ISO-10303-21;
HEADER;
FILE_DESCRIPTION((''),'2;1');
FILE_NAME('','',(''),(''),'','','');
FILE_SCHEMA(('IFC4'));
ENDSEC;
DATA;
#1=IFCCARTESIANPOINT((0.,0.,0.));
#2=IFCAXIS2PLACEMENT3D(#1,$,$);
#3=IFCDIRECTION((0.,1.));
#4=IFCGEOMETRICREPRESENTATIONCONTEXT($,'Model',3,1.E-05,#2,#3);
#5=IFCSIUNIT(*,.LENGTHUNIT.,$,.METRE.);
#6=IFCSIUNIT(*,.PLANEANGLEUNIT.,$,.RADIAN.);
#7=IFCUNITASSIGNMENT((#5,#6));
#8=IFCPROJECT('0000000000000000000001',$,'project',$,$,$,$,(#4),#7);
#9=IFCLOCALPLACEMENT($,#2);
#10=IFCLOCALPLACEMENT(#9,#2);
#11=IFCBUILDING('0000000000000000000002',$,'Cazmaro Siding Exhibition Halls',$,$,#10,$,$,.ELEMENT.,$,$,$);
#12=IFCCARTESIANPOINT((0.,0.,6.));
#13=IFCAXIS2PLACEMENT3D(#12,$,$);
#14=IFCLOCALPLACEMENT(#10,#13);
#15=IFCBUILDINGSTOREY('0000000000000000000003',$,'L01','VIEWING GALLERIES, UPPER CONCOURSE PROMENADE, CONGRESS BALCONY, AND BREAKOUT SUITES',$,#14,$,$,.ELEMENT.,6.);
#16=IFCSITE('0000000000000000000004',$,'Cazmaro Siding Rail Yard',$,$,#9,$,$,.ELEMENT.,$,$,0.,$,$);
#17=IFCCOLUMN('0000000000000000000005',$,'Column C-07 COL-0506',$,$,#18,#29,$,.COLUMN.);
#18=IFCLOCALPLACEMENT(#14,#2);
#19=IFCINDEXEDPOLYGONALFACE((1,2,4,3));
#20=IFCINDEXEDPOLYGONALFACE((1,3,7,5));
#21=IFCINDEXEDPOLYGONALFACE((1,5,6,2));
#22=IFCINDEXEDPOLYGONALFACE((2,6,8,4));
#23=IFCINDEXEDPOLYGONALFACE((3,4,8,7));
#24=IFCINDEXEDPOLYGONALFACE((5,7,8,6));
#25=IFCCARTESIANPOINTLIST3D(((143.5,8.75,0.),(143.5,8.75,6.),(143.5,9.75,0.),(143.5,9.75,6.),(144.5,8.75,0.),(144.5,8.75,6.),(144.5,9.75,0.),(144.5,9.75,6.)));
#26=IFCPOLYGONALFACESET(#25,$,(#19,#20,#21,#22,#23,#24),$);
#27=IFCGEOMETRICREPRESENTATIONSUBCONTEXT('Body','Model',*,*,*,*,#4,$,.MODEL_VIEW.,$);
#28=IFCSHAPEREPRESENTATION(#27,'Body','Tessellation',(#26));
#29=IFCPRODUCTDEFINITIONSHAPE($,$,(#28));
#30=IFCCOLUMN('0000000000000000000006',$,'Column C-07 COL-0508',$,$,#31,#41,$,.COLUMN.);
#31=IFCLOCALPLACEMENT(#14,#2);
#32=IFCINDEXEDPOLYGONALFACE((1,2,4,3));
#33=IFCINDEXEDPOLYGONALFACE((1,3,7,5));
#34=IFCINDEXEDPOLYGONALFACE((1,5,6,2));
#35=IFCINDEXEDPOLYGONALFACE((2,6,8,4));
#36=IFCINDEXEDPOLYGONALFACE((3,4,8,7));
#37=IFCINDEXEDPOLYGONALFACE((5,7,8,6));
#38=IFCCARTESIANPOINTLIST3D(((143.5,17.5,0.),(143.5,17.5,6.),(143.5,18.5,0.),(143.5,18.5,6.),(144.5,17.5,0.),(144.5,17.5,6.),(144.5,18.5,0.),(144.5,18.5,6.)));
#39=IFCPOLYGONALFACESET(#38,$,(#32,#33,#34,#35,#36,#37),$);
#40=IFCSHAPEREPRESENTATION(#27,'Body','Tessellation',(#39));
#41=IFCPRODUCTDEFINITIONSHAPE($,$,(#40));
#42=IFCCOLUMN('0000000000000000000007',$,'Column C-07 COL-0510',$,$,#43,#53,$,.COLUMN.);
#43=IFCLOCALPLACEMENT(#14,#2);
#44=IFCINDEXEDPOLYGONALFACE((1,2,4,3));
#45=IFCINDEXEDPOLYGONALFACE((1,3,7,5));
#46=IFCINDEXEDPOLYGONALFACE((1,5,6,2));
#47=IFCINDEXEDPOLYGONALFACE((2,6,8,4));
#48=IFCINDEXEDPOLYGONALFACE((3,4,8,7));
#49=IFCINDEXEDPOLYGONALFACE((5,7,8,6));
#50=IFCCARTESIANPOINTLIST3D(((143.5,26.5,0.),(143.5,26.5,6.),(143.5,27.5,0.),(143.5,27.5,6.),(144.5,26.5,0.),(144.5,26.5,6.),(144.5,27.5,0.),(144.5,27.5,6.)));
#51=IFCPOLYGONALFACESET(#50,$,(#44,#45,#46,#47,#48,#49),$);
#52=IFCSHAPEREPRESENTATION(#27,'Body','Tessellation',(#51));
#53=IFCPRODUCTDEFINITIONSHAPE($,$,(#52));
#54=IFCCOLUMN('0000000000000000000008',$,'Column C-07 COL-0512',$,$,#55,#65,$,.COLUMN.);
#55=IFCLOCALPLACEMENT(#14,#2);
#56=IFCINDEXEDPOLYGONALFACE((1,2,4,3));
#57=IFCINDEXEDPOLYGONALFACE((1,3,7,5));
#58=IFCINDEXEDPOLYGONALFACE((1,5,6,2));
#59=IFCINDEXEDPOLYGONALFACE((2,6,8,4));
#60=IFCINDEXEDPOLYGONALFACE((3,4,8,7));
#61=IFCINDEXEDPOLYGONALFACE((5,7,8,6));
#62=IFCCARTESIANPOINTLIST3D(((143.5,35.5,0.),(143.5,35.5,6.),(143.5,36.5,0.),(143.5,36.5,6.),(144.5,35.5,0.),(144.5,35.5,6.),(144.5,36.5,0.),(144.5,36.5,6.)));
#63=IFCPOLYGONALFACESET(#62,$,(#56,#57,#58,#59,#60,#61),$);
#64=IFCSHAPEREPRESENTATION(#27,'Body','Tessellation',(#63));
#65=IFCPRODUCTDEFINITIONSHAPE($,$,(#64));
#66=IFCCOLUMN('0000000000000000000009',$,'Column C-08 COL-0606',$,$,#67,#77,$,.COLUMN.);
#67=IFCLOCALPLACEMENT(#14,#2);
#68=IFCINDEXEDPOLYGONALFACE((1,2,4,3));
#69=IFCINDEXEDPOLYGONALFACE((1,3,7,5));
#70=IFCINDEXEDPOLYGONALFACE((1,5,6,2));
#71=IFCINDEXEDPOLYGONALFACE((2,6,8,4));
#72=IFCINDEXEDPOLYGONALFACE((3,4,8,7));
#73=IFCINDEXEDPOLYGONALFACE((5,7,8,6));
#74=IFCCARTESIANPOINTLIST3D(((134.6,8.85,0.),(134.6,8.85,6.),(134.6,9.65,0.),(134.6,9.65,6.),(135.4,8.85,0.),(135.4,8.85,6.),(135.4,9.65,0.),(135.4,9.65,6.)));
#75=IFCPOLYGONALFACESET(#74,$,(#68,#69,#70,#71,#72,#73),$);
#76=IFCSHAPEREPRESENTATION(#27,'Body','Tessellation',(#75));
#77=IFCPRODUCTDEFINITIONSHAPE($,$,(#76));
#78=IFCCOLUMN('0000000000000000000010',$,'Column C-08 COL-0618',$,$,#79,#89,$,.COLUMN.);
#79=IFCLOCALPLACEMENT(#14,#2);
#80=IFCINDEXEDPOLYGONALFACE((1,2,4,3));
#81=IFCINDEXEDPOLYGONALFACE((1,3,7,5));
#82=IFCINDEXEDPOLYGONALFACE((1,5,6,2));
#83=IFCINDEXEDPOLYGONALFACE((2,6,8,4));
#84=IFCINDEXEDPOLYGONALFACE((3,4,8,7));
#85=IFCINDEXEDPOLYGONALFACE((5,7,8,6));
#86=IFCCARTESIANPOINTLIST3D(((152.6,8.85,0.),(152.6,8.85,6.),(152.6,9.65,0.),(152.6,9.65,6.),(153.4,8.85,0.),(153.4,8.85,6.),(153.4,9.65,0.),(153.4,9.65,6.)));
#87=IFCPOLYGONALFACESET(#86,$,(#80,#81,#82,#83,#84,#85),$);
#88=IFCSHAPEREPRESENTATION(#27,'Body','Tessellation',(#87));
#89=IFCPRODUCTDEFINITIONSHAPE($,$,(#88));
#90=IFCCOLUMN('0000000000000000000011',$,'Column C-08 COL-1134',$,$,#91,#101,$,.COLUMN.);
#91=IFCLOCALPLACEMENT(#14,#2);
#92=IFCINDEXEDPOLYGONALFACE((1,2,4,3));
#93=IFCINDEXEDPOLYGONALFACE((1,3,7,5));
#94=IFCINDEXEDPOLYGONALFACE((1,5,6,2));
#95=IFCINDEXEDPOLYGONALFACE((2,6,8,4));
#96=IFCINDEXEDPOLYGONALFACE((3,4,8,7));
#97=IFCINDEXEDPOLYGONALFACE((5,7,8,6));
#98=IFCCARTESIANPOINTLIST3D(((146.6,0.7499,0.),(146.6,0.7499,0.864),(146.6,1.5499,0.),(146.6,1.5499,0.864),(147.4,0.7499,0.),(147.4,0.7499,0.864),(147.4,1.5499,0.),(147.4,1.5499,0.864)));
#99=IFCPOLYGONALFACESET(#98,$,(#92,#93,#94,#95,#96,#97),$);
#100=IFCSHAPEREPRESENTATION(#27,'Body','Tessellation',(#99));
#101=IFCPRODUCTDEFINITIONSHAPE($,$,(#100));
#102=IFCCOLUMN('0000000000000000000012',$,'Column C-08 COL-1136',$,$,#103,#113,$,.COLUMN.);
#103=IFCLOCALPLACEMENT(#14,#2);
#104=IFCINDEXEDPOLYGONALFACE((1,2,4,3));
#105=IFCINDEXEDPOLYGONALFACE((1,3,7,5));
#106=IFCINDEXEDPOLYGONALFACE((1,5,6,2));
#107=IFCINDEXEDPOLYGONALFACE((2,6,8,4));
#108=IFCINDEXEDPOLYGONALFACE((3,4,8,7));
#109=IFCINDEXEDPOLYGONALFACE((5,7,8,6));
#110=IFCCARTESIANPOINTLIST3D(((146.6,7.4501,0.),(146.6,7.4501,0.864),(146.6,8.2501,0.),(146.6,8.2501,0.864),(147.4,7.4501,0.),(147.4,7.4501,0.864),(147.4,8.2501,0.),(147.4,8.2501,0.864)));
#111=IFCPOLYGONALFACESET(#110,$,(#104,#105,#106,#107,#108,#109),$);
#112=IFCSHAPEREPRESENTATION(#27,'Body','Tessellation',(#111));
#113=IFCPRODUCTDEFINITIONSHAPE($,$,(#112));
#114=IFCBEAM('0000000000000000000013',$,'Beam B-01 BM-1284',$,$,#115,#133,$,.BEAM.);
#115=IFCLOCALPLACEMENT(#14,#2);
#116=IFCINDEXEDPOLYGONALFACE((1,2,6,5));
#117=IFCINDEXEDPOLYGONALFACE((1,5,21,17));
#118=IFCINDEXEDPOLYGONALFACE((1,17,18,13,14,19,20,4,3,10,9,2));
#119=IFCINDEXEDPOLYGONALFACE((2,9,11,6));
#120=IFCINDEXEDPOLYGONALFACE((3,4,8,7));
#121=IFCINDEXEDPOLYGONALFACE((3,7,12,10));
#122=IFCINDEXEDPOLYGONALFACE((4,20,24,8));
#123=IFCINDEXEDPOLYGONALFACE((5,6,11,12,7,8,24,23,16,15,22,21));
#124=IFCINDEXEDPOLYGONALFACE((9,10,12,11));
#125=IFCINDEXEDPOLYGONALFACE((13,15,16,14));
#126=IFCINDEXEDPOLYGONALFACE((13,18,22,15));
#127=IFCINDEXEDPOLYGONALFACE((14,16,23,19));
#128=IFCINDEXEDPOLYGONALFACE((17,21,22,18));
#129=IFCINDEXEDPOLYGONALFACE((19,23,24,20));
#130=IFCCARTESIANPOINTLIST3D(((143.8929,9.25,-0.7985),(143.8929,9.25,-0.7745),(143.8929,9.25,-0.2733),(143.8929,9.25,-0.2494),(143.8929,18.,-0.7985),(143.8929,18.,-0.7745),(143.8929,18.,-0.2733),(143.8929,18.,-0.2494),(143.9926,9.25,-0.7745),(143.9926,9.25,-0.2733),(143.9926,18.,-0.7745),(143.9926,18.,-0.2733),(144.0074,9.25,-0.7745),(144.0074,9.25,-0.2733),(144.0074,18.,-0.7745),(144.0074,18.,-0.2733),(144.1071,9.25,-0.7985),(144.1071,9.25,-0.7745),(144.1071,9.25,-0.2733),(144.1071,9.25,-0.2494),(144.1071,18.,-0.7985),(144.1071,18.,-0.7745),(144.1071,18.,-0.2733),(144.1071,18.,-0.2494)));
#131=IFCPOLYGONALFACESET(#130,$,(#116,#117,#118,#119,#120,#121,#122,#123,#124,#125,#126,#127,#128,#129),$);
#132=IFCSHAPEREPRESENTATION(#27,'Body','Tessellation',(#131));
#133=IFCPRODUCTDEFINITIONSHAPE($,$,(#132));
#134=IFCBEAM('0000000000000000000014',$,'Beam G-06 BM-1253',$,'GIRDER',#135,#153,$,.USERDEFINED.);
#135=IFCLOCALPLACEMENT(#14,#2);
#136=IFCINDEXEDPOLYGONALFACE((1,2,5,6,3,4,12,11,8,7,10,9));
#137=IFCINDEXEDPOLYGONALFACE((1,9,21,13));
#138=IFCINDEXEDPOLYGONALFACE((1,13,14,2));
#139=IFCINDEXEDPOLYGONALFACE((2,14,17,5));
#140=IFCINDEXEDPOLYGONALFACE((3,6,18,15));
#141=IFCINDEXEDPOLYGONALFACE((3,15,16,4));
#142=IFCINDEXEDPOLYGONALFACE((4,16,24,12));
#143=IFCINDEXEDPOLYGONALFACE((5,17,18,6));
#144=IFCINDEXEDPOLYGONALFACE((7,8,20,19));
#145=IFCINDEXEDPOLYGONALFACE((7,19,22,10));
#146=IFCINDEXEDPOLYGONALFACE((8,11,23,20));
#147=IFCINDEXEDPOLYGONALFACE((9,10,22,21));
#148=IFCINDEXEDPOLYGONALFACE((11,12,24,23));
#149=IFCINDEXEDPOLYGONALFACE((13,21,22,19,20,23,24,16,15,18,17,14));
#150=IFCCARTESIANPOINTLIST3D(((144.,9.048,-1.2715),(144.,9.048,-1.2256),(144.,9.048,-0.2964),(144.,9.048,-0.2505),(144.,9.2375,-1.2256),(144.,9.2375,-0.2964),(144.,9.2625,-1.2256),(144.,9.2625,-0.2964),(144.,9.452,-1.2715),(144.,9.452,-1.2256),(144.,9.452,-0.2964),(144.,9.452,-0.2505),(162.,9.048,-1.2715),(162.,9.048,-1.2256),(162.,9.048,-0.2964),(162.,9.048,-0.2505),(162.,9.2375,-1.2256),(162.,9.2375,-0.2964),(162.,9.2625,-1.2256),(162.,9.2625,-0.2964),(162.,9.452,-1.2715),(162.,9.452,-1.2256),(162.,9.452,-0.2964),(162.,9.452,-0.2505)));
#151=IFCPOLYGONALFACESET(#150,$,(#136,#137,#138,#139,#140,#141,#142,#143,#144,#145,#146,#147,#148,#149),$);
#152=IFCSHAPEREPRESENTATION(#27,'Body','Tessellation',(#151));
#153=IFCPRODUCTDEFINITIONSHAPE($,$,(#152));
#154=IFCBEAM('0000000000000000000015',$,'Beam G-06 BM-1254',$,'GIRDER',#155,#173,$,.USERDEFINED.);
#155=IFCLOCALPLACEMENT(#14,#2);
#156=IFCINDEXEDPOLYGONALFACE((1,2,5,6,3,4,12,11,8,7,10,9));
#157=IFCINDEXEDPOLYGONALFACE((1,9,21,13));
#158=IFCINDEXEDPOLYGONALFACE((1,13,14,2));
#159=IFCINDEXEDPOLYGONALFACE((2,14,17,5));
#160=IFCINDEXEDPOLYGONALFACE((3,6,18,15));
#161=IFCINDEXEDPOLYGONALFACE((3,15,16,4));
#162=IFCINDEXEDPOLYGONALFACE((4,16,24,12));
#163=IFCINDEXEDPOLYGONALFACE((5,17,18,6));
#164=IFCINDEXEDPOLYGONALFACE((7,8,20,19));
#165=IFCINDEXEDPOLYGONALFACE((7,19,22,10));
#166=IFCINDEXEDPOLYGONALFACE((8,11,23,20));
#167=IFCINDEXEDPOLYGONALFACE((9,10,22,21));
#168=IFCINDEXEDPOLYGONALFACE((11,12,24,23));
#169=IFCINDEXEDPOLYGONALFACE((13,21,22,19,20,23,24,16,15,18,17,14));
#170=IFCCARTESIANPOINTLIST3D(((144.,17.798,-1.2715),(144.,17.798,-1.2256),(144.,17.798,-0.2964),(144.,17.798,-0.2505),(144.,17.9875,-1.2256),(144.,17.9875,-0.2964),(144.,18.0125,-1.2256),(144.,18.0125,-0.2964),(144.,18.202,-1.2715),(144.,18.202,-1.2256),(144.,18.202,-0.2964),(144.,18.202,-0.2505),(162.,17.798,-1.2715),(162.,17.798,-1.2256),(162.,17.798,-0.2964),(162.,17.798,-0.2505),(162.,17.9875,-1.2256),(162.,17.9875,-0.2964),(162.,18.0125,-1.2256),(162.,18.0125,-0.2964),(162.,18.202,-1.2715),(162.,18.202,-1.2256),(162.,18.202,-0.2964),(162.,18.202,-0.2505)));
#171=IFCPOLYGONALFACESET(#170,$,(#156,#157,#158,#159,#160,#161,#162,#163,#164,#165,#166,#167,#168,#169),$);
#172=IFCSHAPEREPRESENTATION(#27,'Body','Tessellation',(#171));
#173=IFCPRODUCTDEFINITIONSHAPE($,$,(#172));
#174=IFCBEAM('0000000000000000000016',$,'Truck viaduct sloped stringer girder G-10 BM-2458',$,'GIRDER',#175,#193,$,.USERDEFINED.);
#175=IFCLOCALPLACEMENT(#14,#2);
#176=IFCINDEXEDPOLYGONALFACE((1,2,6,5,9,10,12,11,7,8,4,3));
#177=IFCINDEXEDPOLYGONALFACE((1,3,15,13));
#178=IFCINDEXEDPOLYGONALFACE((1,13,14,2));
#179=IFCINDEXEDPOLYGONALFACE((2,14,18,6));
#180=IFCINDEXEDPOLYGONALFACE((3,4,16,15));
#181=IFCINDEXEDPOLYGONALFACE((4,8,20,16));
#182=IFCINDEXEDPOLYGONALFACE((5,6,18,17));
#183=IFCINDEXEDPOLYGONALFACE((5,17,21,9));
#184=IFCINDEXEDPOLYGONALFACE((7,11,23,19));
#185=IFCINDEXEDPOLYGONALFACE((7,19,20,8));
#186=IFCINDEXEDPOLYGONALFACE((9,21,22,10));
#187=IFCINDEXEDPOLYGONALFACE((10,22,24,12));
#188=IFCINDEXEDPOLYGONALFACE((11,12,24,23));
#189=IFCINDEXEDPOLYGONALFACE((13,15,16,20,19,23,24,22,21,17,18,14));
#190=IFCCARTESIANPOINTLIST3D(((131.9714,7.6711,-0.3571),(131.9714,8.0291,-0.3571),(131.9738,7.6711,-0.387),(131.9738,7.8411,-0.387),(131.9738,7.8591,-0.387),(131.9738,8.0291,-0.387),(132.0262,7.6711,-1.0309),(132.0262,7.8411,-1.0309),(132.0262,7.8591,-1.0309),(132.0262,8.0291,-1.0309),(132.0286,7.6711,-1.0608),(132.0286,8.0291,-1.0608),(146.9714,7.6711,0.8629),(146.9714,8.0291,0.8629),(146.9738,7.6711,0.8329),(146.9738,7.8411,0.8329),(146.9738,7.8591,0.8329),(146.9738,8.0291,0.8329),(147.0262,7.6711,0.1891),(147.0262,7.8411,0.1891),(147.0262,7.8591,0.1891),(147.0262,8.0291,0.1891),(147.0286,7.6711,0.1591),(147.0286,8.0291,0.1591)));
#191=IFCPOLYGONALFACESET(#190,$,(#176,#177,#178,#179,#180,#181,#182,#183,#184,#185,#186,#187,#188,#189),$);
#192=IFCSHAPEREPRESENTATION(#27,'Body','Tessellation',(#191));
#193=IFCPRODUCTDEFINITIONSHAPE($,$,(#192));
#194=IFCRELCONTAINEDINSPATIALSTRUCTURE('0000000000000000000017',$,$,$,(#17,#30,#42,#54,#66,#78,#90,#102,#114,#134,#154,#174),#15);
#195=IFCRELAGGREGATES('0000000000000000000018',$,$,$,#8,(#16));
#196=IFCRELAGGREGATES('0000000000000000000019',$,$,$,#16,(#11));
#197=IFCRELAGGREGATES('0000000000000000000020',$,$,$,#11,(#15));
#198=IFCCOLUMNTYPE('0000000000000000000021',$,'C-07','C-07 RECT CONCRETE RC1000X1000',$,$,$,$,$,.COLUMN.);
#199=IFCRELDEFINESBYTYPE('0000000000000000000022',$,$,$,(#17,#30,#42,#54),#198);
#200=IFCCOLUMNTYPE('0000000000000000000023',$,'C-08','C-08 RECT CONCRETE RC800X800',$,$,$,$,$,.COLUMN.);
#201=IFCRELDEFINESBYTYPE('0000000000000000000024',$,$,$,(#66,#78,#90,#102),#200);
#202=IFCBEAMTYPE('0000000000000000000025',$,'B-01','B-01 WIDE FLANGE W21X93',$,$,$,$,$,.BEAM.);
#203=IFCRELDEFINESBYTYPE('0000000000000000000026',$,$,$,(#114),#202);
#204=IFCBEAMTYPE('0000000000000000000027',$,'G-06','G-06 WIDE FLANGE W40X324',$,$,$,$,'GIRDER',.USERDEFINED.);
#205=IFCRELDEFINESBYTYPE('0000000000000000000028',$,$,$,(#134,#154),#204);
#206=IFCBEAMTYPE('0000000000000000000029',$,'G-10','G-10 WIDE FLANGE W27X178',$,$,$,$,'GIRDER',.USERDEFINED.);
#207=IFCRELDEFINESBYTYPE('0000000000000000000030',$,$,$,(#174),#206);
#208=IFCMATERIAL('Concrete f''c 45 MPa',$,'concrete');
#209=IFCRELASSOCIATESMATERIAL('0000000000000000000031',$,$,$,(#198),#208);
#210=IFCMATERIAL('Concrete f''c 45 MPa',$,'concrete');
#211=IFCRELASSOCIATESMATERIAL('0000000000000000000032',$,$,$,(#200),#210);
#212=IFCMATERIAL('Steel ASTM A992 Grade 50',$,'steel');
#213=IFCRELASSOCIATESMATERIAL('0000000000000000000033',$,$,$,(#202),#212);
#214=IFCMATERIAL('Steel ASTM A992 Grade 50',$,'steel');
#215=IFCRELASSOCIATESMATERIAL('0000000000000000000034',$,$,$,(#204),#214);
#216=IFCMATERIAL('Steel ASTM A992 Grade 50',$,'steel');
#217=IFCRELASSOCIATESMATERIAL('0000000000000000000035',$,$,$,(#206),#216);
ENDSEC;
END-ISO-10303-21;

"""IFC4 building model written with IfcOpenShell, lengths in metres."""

from ifc_helpers import new_model, si_unit, direction, frame, origin, origin_2d, place, context, subcontext, project, spatial, rectangle, i_section, extrude, material, material_profile, profile_set, type_object, element, save


model = new_model("IFC4")

# Units and contexts
model_context = context("Model", 3, precision=1e-05, world=origin(), true_north=direction((0.0, 1.0)))
body_context = subcontext(model_context, "Body", "Model", "MODEL_VIEW")
ifc_project = project(units=[si_unit("LENGTHUNIT", "METRE"), si_unit("PLANEANGLEUNIT", "RADIAN")], contexts=[model_context])

# Site, building, storey
site_placement = place(None, origin())
site = spatial("IfcSite", under=ifc_project, at=site_placement, Name="Cazmaro Siding Rail Yard", CompositionType="ELEMENT", RefElevation=0.0)
building_placement = place(site_placement, origin())
building = spatial("IfcBuilding", under=site, at=building_placement, Name="Cazmaro Siding Exhibition Halls", CompositionType="ELEMENT")
storey_placement = place(building_placement, frame((0.0, 0.0, 6.0)))
storey = spatial("IfcBuildingStorey", under=building, at=storey_placement, Name="L01", Description="VIEWING GALLERIES, UPPER CONCOURSE PROMENADE, CONGRESS BALCONY, AND BREAKOUT SUITES", CompositionType="ELEMENT", Elevation=6.0)

# Columns
ifc_material_1 = material(Name="Concrete f'c 45 MPa", Category="concrete")
ifc_material_profile_1 = material_profile(ifc_material_1, rectangle(XDim=1.0, YDim=1.0, at=origin_2d()), Name="RC1000X1000")
ifc_profile_set_1 = profile_set([ifc_material_profile_1], Name="Concrete f'c 45 MPa")
column_type_1 = type_object("IfcColumnType", Name="C-07", Description="C-07 RECT CONCRETE RC1000X1000", PredefinedType="COLUMN", material=ifc_profile_set_1)
for number, where, z_axis, x_axis, name in (
    (1, (144.0, 9.25, 0.0), (0.0, 0.0, 1.0), (1.0, 0.0, 0.0), "Column C-07 COL-0506"),
    (2, (144.0, 18.0, 0.0), (0.0, 0.0, 1.0), (1.0, 0.0, 0.0), "Column C-07 COL-0508"),
    (3, (144.0, 27.0, 0.0), (0.0, 0.0, 1.0), (1.0, 0.0, 0.0), "Column C-07 COL-0510"),
    (4, (144.0, 36.0, 0.0), (0.0, 0.0, 1.0), (1.0, 0.0, 0.0), "Column C-07 COL-0512"),
):
    element("IfcColumn", number, at=place(storey_placement, frame(where, z_axis=z_axis, x_axis=x_axis)), inside=storey, type_object=column_type_1, Name=name, PredefinedType="COLUMN", context=body_context, shape_type="SweptSolid", body=[
        extrude(rectangle(XDim=1.0, YDim=1.0, at=origin_2d()), origin(), (0.0, 0.0, 1.0), 6.0),
    ])
ifc_material_2 = material(Name="Concrete f'c 45 MPa", Category="concrete")
ifc_material_profile_2 = material_profile(ifc_material_2, rectangle(XDim=0.8, YDim=0.8, at=origin_2d()), Name="RC800X800")
ifc_profile_set_2 = profile_set([ifc_material_profile_2], Name="Concrete f'c 45 MPa")
column_type_2 = type_object("IfcColumnType", Name="C-08", Description="C-08 RECT CONCRETE RC800X800", PredefinedType="COLUMN", material=ifc_profile_set_2)
for number, where, z_axis, x_axis, name in (
    (5, (135.0, 9.25, 0.0), (0.0, 0.0, 1.0), (1.0, 0.0, 0.0), "Column C-08 COL-0606"),
    (6, (153.0, 9.25, 0.0), (0.0, 0.0, 1.0), (1.0, 0.0, 0.0), "Column C-08 COL-0618"),
):
    element("IfcColumn", number, at=place(storey_placement, frame(where, z_axis=z_axis, x_axis=x_axis)), inside=storey, type_object=column_type_2, Name=name, PredefinedType="COLUMN", context=body_context, shape_type="SweptSolid", body=[
        extrude(rectangle(XDim=0.8, YDim=0.8, at=origin_2d()), origin(), (0.0, 0.0, 1.0), 6.0),
    ])
for number, where, z_axis, x_axis, name in (
    (7, (147.0, 1.1499, 0.0), (0.0, 0.0, 1.0), (1.0, 0.0, 0.0), "Column C-08 COL-1134"),
    (8, (147.0, 7.8501, 0.0), (0.0, 0.0, 1.0), (1.0, 0.0, 0.0), "Column C-08 COL-1136"),
):
    element("IfcColumn", number, at=place(storey_placement, frame(where, z_axis=z_axis, x_axis=x_axis)), inside=storey, type_object=column_type_2, Name=name, PredefinedType="COLUMN", context=body_context, shape_type="SweptSolid", body=[
        extrude(rectangle(XDim=0.8, YDim=0.8, at=origin_2d()), origin(), (0.0, 0.0, 1.0), 0.864),
    ])

# Beams
ifc_material_3 = material(Name="Steel ASTM A992 Grade 50", Category="steel")
ifc_material_profile_3 = material_profile(ifc_material_3, i_section(OverallWidth=0.2141, OverallDepth=0.5491, WebThickness=0.0149, FlangeThickness=0.0239, at=origin_2d()), Name="W21X93")
ifc_profile_set_3 = profile_set([ifc_material_profile_3], Name="Steel ASTM A992 Grade 50")
beam_type_1 = type_object("IfcBeamType", Name="B-01", Description="B-01 WIDE FLANGE W21X93", PredefinedType="BEAM", material=ifc_profile_set_3)
beam_1_placement = place(storey_placement, frame((144.0, 9.25, -0.5239), z_axis=(0.0, 1.0, 0.0), x_axis=(-1.0, 0.0, 0.0)))
element("IfcBeam", 9, at=beam_1_placement, inside=storey, type_object=beam_type_1, Name="Beam B-01 BM-1284", PredefinedType="BEAM", context=body_context, shape_type="SweptSolid", body=[
    extrude(i_section(OverallWidth=0.2141, OverallDepth=0.5491, WebThickness=0.0149, FlangeThickness=0.0239, at=origin_2d()), origin(), (0.0, 0.0, 1.0), 8.75),
])
ifc_material_4 = material(Name="Steel ASTM A992 Grade 50", Category="steel")
ifc_material_profile_4 = material_profile(ifc_material_4, i_section(OverallWidth=0.4041, OverallDepth=1.021, WebThickness=0.0249, FlangeThickness=0.0459, at=origin_2d()), Name="W40X324")
ifc_profile_set_4 = profile_set([ifc_material_profile_4], Name="Steel ASTM A992 Grade 50")
beam_type_2 = type_object("IfcBeamType", Name="G-06", Description="G-06 WIDE FLANGE W40X324", ElementType="GIRDER", PredefinedType="USERDEFINED", material=ifc_profile_set_4)
for number, where, z_axis, x_axis, name in (
    (10, (144.0, 9.25, -0.761), (1.0, 0.0, 0.0), (0.0, 1.0, 0.0), "Beam G-06 BM-1253"),
    (11, (144.0, 18.0, -0.761), (1.0, 0.0, 0.0), (0.0, 1.0, 0.0), "Beam G-06 BM-1254"),
):
    element("IfcBeam", number, at=place(storey_placement, frame(where, z_axis=z_axis, x_axis=x_axis)), inside=storey, type_object=beam_type_2, Name=name, ObjectType="GIRDER", PredefinedType="USERDEFINED", context=body_context, shape_type="SweptSolid", body=[
        extrude(i_section(OverallWidth=0.4041, OverallDepth=1.021, WebThickness=0.0249, FlangeThickness=0.0459, at=origin_2d()), origin(), (0.0, 0.0, 1.0), 18.0),
    ])
ifc_material_5 = material(Name="Steel ASTM A992 Grade 50", Category="steel")
ifc_material_profile_5 = material_profile(ifc_material_5, i_section(OverallWidth=0.3579, OverallDepth=0.7061, WebThickness=0.0181, FlangeThickness=0.03, at=origin_2d()), Name="W27X178")
ifc_profile_set_5 = profile_set([ifc_material_profile_5], Name="Steel ASTM A992 Grade 50")
beam_type_3 = type_object("IfcBeamType", Name="G-10", Description="G-10 WIDE FLANGE W27X178", ElementType="GIRDER", PredefinedType="USERDEFINED", material=ifc_profile_set_5)
for number, where, z_axis, x_axis, name in (
    (12, (132.0, 7.8501, -0.709), (0.996709, 0.0, 0.081064), (0.0, 1.0, 0.0), "Truck viaduct sloped stringer girder G-10 BM-2458"),
):
    element("IfcBeam", number, at=place(storey_placement, frame(where, z_axis=z_axis, x_axis=x_axis)), inside=storey, type_object=beam_type_3, Name=name, ObjectType="GIRDER", PredefinedType="USERDEFINED", context=body_context, shape_type="SweptSolid", body=[
        extrude(i_section(OverallWidth=0.3579, OverallDepth=0.7061, WebThickness=0.0181, FlangeThickness=0.03, at=origin_2d()), origin(), (0.0, 0.0, 1.0), 15.0496),
    ])

save(model, "model.ifc")
